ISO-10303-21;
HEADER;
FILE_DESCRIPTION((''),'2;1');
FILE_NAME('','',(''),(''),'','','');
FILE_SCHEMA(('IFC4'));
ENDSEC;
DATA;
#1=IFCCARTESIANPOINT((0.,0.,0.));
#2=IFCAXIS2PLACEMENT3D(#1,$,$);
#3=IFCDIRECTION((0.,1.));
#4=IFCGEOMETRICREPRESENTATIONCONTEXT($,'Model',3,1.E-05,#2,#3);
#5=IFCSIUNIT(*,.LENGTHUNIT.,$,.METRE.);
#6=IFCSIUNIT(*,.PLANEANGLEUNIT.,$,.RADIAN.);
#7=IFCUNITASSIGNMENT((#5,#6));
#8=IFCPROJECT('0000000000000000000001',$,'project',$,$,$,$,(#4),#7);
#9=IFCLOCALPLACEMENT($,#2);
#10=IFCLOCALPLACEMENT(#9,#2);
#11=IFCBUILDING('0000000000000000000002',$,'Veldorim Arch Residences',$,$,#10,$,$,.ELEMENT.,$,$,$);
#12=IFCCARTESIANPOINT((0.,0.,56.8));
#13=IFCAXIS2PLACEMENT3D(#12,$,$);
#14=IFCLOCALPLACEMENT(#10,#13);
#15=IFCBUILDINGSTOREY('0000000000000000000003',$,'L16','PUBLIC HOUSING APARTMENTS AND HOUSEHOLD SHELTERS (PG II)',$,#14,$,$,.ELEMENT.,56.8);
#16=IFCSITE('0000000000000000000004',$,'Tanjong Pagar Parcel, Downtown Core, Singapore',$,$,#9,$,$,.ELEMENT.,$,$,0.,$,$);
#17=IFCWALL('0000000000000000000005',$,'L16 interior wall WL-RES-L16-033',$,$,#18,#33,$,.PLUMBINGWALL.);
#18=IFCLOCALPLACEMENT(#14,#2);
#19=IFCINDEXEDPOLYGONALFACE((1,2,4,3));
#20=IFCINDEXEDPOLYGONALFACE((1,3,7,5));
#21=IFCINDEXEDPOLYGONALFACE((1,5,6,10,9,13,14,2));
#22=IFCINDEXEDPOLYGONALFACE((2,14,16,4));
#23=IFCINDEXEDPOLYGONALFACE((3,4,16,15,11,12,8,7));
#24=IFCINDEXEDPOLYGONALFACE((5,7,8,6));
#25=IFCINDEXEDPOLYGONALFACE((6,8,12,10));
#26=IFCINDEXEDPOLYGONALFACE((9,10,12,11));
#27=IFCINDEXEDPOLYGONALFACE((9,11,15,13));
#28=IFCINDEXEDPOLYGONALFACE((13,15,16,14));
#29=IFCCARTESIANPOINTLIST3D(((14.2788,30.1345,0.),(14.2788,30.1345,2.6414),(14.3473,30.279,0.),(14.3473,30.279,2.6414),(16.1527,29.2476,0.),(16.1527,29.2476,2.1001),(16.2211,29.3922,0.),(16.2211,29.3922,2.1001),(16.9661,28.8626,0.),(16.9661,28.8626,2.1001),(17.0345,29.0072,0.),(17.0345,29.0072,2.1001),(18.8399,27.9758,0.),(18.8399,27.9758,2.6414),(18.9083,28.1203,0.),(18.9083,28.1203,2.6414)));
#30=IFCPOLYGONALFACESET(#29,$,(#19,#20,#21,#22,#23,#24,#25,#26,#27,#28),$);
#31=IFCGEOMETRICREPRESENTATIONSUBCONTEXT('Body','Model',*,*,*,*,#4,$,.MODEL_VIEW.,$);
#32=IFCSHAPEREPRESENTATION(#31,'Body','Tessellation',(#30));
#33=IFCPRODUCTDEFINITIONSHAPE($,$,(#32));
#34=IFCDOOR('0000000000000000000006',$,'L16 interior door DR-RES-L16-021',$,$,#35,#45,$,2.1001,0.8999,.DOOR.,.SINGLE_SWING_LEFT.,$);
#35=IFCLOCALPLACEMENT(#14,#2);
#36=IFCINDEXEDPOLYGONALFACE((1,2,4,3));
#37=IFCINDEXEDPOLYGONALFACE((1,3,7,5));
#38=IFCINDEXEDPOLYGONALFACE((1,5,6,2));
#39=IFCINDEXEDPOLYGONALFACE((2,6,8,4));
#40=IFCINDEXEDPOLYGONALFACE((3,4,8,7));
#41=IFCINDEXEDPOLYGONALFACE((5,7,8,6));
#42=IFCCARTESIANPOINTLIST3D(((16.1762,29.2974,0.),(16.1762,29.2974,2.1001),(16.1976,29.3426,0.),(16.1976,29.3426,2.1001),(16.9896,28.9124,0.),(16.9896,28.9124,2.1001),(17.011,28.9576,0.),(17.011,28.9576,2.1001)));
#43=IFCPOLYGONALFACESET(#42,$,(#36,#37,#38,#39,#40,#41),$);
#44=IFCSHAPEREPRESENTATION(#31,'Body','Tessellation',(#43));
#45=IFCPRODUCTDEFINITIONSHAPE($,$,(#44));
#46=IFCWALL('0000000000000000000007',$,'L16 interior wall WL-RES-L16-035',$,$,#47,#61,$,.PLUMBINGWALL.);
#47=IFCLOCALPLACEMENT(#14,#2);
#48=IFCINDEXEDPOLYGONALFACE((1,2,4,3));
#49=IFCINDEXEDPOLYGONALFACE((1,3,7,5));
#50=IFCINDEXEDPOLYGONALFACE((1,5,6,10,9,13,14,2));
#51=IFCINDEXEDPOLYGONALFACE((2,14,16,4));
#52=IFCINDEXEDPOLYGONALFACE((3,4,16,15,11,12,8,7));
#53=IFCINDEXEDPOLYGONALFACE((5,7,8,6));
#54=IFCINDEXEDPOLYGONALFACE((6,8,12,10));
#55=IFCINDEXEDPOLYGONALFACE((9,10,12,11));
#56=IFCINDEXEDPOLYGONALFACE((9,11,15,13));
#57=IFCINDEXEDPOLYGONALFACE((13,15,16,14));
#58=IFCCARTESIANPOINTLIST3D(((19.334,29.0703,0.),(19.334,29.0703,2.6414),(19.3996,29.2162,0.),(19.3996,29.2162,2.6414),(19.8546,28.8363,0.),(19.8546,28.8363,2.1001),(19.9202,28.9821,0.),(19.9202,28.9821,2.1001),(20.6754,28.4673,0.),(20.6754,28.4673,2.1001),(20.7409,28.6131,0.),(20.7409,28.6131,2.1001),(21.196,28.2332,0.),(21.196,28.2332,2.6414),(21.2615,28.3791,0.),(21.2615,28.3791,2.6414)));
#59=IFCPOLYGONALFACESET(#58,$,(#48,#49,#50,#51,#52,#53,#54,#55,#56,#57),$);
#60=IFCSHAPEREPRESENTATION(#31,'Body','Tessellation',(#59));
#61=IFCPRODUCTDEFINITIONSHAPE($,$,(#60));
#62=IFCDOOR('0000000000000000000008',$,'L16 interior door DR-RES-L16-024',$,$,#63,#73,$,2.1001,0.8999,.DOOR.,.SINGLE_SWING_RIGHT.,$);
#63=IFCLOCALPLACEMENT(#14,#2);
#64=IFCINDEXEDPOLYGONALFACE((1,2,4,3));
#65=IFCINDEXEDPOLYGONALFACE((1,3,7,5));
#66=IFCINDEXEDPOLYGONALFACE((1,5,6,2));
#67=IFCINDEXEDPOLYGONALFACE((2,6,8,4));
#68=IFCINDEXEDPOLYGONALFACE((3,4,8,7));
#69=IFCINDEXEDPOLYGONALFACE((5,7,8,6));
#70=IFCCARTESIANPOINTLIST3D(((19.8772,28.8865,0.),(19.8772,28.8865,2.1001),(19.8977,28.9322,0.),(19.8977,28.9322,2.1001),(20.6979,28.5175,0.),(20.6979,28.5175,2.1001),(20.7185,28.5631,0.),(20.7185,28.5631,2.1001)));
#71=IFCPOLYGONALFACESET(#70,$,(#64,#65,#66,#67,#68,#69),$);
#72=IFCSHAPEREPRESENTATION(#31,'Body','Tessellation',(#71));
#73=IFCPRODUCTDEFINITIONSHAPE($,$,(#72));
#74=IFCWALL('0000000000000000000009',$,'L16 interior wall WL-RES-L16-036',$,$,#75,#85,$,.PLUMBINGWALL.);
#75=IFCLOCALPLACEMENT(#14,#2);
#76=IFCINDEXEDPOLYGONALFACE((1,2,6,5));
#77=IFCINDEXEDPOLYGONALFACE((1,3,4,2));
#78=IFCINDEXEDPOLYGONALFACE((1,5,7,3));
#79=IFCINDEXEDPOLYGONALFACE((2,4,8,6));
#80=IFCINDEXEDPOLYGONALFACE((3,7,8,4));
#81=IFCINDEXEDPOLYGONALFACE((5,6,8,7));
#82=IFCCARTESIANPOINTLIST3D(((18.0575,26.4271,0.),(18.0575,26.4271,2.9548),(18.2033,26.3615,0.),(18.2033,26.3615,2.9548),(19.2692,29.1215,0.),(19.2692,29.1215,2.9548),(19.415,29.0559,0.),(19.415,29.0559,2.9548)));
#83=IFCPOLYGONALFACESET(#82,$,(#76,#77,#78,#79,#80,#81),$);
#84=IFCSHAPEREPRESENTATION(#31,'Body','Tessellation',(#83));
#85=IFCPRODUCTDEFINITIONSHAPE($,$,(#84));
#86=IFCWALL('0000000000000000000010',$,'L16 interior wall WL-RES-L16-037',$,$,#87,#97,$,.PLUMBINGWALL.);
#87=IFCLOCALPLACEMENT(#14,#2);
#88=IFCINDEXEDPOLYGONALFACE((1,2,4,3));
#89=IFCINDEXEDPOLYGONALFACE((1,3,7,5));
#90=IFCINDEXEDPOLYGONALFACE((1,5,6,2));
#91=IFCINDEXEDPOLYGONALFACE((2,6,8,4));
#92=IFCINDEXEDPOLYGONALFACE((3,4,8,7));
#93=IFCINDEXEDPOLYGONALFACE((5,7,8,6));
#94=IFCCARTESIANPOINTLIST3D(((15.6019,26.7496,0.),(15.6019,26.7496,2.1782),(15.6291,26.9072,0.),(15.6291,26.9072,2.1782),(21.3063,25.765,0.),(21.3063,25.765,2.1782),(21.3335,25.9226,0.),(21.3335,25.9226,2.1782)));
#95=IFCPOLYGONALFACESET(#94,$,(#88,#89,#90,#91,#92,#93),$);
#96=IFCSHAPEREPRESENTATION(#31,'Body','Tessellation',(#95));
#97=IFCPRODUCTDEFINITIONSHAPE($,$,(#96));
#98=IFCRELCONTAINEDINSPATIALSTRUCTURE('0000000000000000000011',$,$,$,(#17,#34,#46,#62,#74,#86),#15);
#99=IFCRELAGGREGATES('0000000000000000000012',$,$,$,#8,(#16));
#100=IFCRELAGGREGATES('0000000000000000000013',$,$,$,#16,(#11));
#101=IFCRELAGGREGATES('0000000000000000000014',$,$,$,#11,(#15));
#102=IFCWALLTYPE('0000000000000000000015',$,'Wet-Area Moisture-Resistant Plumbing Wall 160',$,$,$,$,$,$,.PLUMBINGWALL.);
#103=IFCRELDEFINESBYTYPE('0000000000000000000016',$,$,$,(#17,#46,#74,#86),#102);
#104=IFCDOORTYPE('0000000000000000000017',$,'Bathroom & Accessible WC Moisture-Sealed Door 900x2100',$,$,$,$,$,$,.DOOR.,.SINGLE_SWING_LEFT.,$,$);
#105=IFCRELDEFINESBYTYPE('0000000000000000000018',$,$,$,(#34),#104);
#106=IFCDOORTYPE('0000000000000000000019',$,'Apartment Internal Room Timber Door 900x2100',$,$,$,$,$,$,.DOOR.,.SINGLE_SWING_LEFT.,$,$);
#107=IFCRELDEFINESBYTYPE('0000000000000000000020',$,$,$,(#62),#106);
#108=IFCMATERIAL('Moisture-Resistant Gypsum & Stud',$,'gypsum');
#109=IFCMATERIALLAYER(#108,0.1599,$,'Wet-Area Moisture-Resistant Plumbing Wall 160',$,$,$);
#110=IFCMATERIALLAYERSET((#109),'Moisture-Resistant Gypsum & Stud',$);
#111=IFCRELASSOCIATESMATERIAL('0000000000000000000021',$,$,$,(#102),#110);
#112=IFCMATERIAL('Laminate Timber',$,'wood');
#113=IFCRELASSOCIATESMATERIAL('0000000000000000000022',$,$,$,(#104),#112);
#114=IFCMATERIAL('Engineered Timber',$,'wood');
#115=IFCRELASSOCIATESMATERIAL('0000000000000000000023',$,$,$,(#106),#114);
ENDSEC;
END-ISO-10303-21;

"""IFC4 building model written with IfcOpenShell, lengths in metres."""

from ifc_helpers import new_model, si_unit, direction, frame, frame_2d, origin, place, context, subcontext, project, spatial, rectangle, extrude, material, layer, layer_set, type_object, element, fill, save


model = new_model("IFC4")

# Units and contexts
model_context = context("Model", 3, precision=1e-05, world=origin(), true_north=direction((0.0, 1.0)))
body_context = subcontext(model_context, "Body", "Model", "MODEL_VIEW")
ifc_project = project(units=[si_unit("LENGTHUNIT", "METRE"), si_unit("PLANEANGLEUNIT", "RADIAN")], contexts=[model_context])

# Site, building, storey
site_placement = place(None, origin())
site = spatial("IfcSite", under=ifc_project, at=site_placement, Name="Tanjong Pagar Parcel, Downtown Core, Singapore", CompositionType="ELEMENT", RefElevation=0.0)
building_placement = place(site_placement, origin())
building = spatial("IfcBuilding", under=site, at=building_placement, Name="Veldorim Arch Residences", CompositionType="ELEMENT")
storey_placement = place(building_placement, frame((0.0, 0.0, 56.8)))
storey = spatial("IfcBuildingStorey", under=building, at=storey_placement, Name="L16", Description="PUBLIC HOUSING APARTMENTS AND HOUSEHOLD SHELTERS (PG II)", CompositionType="ELEMENT", Elevation=56.8)

# Walls, openings, doors
ifc_material_1 = material(Name="Moisture-Resistant Gypsum & Stud", Category="gypsum")
ifc_layer_1 = layer(ifc_material_1, 0.1599, Name="Wet-Area Moisture-Resistant Plumbing Wall 160")
ifc_layer_set_1 = layer_set([ifc_layer_1], Name="Moisture-Resistant Gypsum & Stud")
wall_type_1 = type_object("IfcWallType", Name="Wet-Area Moisture-Resistant Plumbing Wall 160", PredefinedType="PLUMBINGWALL", material=ifc_layer_set_1)
wall_1_placement = place(storey_placement, frame((18.874, 28.0481, 0.0), z_axis=(0.0, 0.0, 1.0), x_axis=(-0.903876, 0.427795, 0.0)))
wall_1 = element("IfcWall", 1, at=wall_1_placement, inside=storey, type_object=wall_type_1, Name="L16 interior wall WL-RES-L16-033", PredefinedType="PLUMBINGWALL", context=body_context, shape_type="SweptSolid", body=[
    extrude(rectangle(XDim=5.0461, YDim=0.1599, at=frame_2d((2.5229, 0.0))), origin(), (0.0, 0.0, 1.0), 2.6414),
])
opening_1_placement = place(wall_1_placement, frame((2.073, 0.0, 0.0)))
opening_1 = element("IfcOpeningElement", 2, at=opening_1_placement, cuts=wall_1, PredefinedType="OPENING", context=body_context, shape_type="SweptSolid", body=[
    extrude(rectangle(XDim=0.8999, YDim=2.1001, at=frame_2d((0.45, 1.05))), frame((0.0, 0.0898, 0.0), z_axis=(0.0, -1.0, 0.0), x_axis=(1.0, 0.0, 0.0)), (0.0, 0.0, 1.0), 0.1799),
])
ifc_material_2 = material(Name="Laminate Timber", Category="wood")
door_type_1 = type_object("IfcDoorType", Name="Bathroom & Accessible WC Moisture-Sealed Door 900x2100", OperationType="SINGLE_SWING_LEFT", PredefinedType="DOOR", material=ifc_material_2)
door_1_placement = place(opening_1_placement, origin())
door_1 = element("IfcDoor", 3, at=door_1_placement, inside=storey, type_object=door_type_1, Name="L16 interior door DR-RES-L16-021", OperationType="SINGLE_SWING_LEFT", OverallHeight=2.1001, OverallWidth=0.8999, PredefinedType="DOOR", context=body_context, shape_type="SweptSolid", body=[
    extrude(rectangle(XDim=0.8999, YDim=2.1001, at=frame_2d((0.45, 1.05))), frame((0.0, 0.0249, 0.0), z_axis=(0.0, -1.0, 0.0), x_axis=(1.0, 0.0, 0.0)), (0.0, 0.0, 1.0), 0.05),
])
fill(opening_1, door_1)
wall_2_placement = place(storey_placement, frame((21.2288, 28.3062, 0.0), z_axis=(0.0, 0.0, 1.0), x_axis=(-0.912062, 0.410051, 0.0)))
wall_2 = element("IfcWall", 4, at=wall_2_placement, inside=storey, type_object=wall_type_1, Name="L16 interior wall WL-RES-L16-035", PredefinedType="PLUMBINGWALL", context=body_context, shape_type="SweptSolid", body=[
    extrude(rectangle(XDim=2.0415, YDim=0.1599, at=frame_2d((1.0208, 0.0))), origin(), (0.0, 0.0, 1.0), 2.6414),
])
opening_2_placement = place(wall_2_placement, frame((0.5708, 0.0, 0.0)))
opening_2 = element("IfcOpeningElement", 5, at=opening_2_placement, cuts=wall_2, PredefinedType="OPENING", context=body_context, shape_type="SweptSolid", body=[
    extrude(rectangle(XDim=0.8999, YDim=2.1001, at=frame_2d((0.45, 1.05))), frame((0.0, 0.0898, 0.0), z_axis=(0.0, -1.0, 0.0), x_axis=(1.0, 0.0, 0.0)), (0.0, 0.0, 1.0), 0.1799),
])
ifc_material_3 = material(Name="Engineered Timber", Category="wood")
door_type_2 = type_object("IfcDoorType", Name="Apartment Internal Room Timber Door 900x2100", OperationType="SINGLE_SWING_LEFT", PredefinedType="DOOR", material=ifc_material_3)
door_2_placement = place(opening_2_placement, origin())
door_2 = element("IfcDoor", 6, at=door_2_placement, inside=storey, type_object=door_type_2, Name="L16 interior door DR-RES-L16-024", OperationType="SINGLE_SWING_RIGHT", OverallHeight=2.1001, OverallWidth=0.8999, PredefinedType="DOOR", context=body_context, shape_type="SweptSolid", body=[
    extrude(rectangle(XDim=0.8999, YDim=2.1001, at=frame_2d((0.45, 1.05))), frame((0.0, 0.0249, 0.0), z_axis=(0.0, -1.0, 0.0), x_axis=(1.0, 0.0, 0.0)), (0.0, 0.0, 1.0), 0.05),
])
fill(opening_2, door_2)

# Walls
wall_3_placement = place(storey_placement, frame((19.342, 29.0886, 0.0), z_axis=(0.0, 0.0, 1.0), x_axis=(-0.410145, -0.91202, 0.0)))
element("IfcWall", 7, at=wall_3_placement, inside=storey, type_object=wall_type_1, Name="L16 interior wall WL-RES-L16-036", PredefinedType="PLUMBINGWALL", context=body_context, shape_type="SweptSolid", body=[
    extrude(rectangle(XDim=2.9543, YDim=0.1599, at=frame_2d((1.4771, 0.0))), origin(), (0.0, 0.0, 1.0), 2.9548),
])
wall_4_placement = place(storey_placement, frame((21.3201, 25.8438, 0.0), z_axis=(0.0, 0.0, 1.0), x_axis=(-0.985429, 0.170086, 0.0)))
element("IfcWall", 8, at=wall_4_placement, inside=storey, type_object=wall_type_1, Name="L16 interior wall WL-RES-L16-037", PredefinedType="PLUMBINGWALL", context=body_context, shape_type="SweptSolid", body=[
    extrude(rectangle(XDim=5.7888, YDim=0.1599, at=frame_2d((2.8945, 0.0))), origin(), (0.0, 0.0, 1.0), 2.1782),
])

save(model, "model.ifc")
